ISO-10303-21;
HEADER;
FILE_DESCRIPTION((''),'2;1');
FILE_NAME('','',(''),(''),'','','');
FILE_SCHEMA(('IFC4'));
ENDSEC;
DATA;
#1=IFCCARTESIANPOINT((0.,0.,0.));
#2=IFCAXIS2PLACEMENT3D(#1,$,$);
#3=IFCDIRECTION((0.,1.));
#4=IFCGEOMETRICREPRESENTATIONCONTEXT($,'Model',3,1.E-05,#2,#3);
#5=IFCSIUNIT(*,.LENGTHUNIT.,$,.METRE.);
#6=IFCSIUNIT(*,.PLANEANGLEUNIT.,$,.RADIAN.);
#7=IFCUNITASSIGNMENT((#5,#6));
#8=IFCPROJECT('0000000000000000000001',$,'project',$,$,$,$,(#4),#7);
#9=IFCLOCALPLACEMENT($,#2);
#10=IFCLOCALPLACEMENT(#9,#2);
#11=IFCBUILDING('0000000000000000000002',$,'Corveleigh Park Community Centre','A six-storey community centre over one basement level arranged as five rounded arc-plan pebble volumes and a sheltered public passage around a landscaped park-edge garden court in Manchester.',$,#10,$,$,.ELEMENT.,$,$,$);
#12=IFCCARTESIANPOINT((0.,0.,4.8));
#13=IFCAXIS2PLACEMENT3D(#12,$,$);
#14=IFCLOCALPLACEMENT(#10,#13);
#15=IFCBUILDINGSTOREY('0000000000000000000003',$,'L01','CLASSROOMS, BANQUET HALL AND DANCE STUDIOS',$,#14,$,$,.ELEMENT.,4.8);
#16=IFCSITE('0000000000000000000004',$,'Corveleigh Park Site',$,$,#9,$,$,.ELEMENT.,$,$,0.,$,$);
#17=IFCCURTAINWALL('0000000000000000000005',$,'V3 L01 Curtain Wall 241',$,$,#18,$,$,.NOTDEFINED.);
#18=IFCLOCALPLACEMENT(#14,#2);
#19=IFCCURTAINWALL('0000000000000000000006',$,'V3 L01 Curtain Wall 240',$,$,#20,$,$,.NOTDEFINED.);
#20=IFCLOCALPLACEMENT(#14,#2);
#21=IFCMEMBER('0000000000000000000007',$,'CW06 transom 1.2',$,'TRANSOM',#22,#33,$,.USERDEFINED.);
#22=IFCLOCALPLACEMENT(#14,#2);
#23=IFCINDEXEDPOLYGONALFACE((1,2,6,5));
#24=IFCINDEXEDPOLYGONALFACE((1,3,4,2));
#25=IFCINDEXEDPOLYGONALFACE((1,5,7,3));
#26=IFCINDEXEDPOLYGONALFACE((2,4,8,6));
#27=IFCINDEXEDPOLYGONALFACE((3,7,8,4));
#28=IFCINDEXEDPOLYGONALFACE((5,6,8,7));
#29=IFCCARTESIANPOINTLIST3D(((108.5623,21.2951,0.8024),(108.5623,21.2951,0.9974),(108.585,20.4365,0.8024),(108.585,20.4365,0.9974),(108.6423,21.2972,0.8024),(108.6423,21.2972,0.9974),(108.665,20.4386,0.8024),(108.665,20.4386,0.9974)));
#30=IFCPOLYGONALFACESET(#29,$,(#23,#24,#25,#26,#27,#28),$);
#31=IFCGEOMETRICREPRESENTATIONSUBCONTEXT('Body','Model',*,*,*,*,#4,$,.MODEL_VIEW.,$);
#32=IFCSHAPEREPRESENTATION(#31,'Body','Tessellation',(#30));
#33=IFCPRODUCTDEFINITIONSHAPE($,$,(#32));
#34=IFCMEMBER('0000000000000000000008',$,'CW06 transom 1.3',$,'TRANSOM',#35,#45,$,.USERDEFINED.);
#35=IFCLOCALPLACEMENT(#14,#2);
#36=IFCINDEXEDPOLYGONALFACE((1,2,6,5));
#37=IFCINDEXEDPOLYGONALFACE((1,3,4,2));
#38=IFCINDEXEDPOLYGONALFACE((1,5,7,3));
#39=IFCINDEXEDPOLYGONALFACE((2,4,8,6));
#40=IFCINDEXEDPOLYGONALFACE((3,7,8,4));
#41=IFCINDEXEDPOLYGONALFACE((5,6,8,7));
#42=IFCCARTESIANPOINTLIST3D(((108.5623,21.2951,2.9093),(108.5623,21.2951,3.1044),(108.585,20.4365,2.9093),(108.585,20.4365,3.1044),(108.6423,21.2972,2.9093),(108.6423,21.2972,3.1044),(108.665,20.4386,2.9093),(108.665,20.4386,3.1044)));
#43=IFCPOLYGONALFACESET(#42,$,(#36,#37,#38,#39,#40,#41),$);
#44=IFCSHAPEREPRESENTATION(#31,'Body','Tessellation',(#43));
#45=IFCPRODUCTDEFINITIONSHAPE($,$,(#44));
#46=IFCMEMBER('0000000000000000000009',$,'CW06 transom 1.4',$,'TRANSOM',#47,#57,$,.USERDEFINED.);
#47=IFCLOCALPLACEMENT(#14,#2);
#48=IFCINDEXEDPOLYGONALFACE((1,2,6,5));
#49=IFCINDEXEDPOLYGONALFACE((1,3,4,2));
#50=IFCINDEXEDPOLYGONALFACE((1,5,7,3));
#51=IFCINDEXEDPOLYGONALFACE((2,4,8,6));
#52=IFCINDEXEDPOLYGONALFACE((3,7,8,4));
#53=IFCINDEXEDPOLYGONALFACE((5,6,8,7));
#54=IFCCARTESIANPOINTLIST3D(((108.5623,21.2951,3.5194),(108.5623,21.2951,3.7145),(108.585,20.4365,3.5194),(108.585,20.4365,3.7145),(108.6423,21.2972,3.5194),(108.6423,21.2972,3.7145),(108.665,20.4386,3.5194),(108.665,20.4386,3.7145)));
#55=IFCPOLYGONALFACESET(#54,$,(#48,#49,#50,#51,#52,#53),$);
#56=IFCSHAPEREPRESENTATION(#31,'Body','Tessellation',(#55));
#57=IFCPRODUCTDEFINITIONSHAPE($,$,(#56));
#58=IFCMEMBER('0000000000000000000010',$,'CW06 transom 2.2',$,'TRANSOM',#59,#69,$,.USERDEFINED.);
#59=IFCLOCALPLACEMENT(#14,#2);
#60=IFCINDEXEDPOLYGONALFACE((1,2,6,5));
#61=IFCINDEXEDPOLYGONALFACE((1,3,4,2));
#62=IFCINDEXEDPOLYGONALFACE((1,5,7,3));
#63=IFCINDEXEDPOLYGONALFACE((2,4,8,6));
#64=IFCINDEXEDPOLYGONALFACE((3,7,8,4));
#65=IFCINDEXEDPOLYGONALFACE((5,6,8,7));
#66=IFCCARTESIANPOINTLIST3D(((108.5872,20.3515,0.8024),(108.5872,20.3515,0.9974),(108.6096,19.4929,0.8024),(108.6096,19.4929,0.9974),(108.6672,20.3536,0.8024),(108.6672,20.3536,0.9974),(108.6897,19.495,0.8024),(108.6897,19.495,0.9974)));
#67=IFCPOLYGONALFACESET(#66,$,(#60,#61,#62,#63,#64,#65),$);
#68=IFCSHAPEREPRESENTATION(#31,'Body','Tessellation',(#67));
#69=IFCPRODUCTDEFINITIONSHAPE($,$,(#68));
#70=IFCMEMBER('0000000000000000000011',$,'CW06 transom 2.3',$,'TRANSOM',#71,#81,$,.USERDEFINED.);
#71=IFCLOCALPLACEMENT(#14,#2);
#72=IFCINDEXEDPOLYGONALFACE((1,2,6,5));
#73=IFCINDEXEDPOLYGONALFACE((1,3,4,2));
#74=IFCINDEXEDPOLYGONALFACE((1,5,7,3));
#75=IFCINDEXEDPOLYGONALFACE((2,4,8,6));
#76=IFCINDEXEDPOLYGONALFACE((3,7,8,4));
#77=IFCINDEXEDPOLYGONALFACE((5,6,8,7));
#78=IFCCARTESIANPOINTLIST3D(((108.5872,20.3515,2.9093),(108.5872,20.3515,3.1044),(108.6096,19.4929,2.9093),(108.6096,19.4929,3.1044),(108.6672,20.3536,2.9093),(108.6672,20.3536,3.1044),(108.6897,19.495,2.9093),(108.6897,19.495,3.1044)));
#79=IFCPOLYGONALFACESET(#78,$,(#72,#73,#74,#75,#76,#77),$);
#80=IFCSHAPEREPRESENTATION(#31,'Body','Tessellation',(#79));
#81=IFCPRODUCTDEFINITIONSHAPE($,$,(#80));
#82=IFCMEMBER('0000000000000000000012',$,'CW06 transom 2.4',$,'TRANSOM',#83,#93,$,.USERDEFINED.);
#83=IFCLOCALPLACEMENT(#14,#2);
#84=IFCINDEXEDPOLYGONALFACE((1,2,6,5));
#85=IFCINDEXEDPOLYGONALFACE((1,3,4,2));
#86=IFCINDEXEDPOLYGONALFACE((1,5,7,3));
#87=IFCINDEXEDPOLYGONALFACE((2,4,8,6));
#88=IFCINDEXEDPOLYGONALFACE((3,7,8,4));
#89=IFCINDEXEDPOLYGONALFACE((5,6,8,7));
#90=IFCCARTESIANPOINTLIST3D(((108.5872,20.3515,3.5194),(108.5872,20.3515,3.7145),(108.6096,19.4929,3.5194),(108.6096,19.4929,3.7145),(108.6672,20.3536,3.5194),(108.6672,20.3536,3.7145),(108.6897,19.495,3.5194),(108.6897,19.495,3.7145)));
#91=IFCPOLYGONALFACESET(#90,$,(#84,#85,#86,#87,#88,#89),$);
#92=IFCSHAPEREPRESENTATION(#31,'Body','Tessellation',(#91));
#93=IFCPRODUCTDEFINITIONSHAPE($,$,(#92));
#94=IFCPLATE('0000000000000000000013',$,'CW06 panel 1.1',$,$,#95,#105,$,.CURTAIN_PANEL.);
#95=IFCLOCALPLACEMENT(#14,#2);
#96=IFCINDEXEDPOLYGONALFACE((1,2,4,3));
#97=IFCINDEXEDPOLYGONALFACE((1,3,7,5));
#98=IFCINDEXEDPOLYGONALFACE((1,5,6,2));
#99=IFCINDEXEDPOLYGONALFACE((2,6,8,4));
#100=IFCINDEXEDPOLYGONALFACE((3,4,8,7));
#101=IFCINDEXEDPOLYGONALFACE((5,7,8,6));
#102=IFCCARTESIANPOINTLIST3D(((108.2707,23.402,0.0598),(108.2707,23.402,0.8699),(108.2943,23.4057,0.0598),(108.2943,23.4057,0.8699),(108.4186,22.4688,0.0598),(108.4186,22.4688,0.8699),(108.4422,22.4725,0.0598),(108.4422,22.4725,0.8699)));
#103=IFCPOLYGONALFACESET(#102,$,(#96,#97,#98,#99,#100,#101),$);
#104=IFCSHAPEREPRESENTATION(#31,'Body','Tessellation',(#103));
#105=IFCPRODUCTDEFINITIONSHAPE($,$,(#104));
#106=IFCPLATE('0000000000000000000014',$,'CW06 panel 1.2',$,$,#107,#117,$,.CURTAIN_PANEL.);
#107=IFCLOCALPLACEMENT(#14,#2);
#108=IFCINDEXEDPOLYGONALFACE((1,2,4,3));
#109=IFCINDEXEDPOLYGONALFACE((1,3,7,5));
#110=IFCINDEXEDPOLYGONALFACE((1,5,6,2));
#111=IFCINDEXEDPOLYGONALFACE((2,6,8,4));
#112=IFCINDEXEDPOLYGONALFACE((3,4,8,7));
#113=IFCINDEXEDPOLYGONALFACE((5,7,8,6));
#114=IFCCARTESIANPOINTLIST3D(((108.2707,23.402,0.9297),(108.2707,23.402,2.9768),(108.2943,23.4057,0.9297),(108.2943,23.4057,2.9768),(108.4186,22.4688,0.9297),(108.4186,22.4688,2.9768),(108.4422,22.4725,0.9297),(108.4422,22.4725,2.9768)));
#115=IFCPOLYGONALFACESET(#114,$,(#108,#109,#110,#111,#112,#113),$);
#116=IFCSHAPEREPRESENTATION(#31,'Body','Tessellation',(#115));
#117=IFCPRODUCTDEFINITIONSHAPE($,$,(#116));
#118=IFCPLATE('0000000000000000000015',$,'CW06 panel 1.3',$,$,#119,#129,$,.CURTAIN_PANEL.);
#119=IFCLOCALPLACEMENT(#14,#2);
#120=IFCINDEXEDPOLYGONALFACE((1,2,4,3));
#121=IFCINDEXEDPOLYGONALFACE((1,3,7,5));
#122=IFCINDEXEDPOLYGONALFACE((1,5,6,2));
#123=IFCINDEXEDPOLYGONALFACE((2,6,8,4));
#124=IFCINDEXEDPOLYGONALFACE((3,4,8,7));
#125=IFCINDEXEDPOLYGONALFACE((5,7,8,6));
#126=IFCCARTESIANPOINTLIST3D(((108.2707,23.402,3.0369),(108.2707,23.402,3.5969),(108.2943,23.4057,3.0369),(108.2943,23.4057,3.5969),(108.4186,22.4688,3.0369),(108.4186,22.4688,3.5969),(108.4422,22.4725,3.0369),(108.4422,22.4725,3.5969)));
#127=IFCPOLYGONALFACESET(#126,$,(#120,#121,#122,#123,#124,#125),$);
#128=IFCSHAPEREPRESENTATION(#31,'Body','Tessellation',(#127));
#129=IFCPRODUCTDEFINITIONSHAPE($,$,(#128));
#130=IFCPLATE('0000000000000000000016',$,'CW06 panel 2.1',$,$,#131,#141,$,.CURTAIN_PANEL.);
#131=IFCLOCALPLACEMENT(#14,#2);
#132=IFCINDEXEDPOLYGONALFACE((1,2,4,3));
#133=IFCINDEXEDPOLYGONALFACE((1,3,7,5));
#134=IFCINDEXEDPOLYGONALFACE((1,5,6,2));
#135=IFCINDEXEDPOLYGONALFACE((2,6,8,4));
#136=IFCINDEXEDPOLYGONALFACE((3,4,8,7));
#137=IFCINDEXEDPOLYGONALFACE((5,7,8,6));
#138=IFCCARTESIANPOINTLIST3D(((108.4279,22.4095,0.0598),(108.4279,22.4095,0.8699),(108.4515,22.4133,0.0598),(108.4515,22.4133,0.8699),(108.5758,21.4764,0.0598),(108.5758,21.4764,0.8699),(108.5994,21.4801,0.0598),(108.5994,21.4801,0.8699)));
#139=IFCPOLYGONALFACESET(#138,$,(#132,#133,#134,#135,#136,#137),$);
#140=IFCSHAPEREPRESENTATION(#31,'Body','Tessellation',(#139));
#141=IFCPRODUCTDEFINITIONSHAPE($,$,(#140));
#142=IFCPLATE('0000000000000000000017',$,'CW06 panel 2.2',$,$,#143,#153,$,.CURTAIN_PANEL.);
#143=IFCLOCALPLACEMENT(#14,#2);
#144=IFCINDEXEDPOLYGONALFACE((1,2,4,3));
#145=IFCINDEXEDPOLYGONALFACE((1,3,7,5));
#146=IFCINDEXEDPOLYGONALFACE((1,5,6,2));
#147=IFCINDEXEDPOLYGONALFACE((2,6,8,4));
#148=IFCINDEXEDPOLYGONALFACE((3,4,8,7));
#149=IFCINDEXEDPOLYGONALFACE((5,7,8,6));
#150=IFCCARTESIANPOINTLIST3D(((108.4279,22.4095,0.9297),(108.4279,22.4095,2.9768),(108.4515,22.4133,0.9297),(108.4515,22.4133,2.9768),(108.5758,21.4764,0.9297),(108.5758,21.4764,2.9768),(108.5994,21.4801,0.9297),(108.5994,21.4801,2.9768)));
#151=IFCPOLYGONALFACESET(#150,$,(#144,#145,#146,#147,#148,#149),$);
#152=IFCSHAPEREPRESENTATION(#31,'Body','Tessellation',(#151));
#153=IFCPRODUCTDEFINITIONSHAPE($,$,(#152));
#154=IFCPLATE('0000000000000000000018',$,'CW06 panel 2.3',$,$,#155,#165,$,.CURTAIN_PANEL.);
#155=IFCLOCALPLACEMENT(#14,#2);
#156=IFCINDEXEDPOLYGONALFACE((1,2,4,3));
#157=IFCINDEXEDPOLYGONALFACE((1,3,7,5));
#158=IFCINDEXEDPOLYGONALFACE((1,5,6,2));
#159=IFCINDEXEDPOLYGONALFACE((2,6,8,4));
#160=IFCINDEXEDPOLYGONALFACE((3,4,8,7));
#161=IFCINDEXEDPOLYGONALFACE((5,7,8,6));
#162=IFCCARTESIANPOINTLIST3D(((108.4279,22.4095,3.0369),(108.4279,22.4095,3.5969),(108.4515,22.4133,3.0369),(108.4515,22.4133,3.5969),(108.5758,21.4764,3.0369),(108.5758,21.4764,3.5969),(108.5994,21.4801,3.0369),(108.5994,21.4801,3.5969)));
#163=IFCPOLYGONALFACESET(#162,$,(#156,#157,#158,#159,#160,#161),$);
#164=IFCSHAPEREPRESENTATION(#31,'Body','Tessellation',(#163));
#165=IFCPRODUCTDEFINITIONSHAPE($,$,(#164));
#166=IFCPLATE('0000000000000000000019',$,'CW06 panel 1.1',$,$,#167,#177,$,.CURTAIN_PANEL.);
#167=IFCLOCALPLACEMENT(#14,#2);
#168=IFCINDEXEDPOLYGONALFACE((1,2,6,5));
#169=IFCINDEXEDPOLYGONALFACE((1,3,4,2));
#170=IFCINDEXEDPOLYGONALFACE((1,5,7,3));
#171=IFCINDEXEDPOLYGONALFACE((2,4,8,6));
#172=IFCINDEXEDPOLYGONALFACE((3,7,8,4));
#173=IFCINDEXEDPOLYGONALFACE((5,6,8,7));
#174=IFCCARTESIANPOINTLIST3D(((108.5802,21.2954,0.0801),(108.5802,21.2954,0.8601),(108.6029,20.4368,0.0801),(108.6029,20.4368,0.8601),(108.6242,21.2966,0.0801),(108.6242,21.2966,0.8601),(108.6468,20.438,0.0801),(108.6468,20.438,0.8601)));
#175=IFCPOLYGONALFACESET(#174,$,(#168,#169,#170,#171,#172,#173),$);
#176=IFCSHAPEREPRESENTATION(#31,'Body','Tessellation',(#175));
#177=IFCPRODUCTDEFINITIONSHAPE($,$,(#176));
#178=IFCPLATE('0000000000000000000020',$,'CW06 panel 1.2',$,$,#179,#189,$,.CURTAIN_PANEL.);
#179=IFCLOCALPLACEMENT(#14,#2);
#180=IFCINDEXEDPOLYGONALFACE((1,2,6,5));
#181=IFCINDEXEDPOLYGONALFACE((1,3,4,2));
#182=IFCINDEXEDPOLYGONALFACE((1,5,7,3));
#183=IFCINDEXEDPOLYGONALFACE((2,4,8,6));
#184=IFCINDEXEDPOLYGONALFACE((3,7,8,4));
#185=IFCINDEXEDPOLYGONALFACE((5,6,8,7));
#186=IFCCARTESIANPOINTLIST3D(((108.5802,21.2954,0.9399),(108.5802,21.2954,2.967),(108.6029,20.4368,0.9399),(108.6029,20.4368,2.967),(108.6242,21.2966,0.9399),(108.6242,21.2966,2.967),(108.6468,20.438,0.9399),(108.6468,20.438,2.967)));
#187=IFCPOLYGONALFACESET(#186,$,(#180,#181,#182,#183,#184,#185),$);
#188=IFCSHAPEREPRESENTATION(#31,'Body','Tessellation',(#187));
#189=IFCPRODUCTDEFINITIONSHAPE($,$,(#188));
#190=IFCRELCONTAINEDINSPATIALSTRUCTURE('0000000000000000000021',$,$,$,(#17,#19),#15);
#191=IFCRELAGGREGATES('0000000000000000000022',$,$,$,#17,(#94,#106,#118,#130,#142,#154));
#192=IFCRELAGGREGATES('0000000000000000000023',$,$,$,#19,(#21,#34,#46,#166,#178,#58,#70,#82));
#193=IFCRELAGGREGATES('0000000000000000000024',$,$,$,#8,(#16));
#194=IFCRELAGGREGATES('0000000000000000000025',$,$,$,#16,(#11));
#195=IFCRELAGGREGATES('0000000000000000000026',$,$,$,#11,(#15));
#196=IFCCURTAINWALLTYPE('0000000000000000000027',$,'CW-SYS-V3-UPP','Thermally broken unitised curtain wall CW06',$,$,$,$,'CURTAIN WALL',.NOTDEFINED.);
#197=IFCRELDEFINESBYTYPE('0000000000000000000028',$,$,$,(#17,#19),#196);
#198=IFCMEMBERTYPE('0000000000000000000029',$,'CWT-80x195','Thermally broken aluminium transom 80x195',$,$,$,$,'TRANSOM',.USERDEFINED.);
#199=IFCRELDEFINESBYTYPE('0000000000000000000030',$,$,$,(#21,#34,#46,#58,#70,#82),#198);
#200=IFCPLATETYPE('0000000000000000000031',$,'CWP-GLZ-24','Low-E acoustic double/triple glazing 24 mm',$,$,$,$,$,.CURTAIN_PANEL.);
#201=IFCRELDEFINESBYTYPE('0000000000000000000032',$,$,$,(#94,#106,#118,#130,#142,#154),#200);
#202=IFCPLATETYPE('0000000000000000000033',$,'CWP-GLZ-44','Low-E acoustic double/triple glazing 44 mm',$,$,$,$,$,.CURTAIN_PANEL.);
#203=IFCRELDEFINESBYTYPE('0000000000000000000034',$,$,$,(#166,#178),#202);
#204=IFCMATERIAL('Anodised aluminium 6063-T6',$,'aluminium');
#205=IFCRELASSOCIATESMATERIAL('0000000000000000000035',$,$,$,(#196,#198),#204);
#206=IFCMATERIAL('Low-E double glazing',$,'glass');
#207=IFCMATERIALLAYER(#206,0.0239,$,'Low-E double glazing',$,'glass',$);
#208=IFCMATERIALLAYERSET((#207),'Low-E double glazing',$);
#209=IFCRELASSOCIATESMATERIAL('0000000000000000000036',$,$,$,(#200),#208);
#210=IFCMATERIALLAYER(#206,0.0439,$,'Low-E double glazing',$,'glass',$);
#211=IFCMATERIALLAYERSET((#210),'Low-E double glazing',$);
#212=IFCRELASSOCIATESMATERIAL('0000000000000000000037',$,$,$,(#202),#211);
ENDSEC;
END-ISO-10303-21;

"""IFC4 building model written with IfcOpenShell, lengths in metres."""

from ifc_helpers import new_model, si_unit, direction, frame, origin, origin_2d, place, context, subcontext, project, spatial, rectangle, extrude, material, layer, layer_set, material_profile, profile_set, type_object, element, aggregate, save


model = new_model("IFC4")

# Units and contexts
model_context = context("Model", 3, precision=1e-05, world=origin(), true_north=direction((0.0, 1.0)))
body_context = subcontext(model_context, "Body", "Model", "MODEL_VIEW")
ifc_project = project(units=[si_unit("LENGTHUNIT", "METRE"), si_unit("PLANEANGLEUNIT", "RADIAN")], contexts=[model_context])

# Site, building, storey
site_placement = place(None, origin())
site = spatial("IfcSite", under=ifc_project, at=site_placement, Name="Corveleigh Park Site", CompositionType="ELEMENT", RefElevation=0.0)
building_placement = place(site_placement, origin())
building = spatial("IfcBuilding", under=site, at=building_placement, Name="Corveleigh Park Community Centre", Description="A six-storey community centre over one basement level arranged as five rounded arc-plan pebble volumes and a sheltered public passage around a landscaped park-edge garden court in Manchester.", CompositionType="ELEMENT")
storey_placement = place(building_placement, frame((0.0, 0.0, 4.8)))
storey = spatial("IfcBuildingStorey", under=building, at=storey_placement, Name="L01", Description="CLASSROOMS, BANQUET HALL AND DANCE STUDIOS", CompositionType="ELEMENT", Elevation=4.8)

# Curtain walls
ifc_material_1 = material(Name="Anodised aluminium 6063-T6", Category="aluminium")
curtain_wall_type = type_object("IfcCurtainWallType", Name="CW-SYS-V3-UPP", Description="Thermally broken unitised curtain wall CW06", ElementType="CURTAIN WALL", PredefinedType="NOTDEFINED", material=ifc_material_1)
curtain_wall_1_placement = place(storey_placement, origin())
curtain_wall_1 = element("IfcCurtainWall", 1, at=curtain_wall_1_placement, inside=storey, type_object=curtain_wall_type, Name="V3 L01 Curtain Wall 241", PredefinedType="NOTDEFINED")
curtain_wall_2_placement = place(storey_placement, origin())
curtain_wall_2 = element("IfcCurtainWall", 2, at=curtain_wall_2_placement, inside=storey, type_object=curtain_wall_type, Name="V3 L01 Curtain Wall 240", PredefinedType="NOTDEFINED")

# Members
ifc_material_profile_1 = material_profile(ifc_material_1, rectangle(XDim=0.0801, YDim=0.1951, at=origin_2d()), Name="ALU-T80x195", Category="aluminium")
ifc_profile_set_1 = profile_set([ifc_material_profile_1], Name="Anodised aluminium 6063-T6")
member_type_1 = type_object("IfcMemberType", Name="CWT-80x195", Description="Thermally broken aluminium transom 80x195", ElementType="TRANSOM", PredefinedType="USERDEFINED", material=ifc_profile_set_1)
member_1_placement = place(storey_placement, frame((108.6023, 21.2961, 0.8999), z_axis=(0.026434, -0.999651, 0.0), x_axis=(0.999651, 0.026434, 0.0)))
member_1 = element("IfcMember", 3, at=member_1_placement, type_object=member_type_1, Name="CW06 transom 1.2", ObjectType="TRANSOM", PredefinedType="USERDEFINED", context=body_context, shape_type="SweptSolid", body=[
    extrude(rectangle(XDim=0.0801, YDim=0.1951, at=origin_2d()), origin(), (0.0, 0.0, 1.0), 0.8589),
])
member_2_placement = place(storey_placement, frame((108.6023, 21.2961, 3.0068), z_axis=(0.026434, -0.999651, 0.0), x_axis=(0.999651, 0.026434, 0.0)))
member_2 = element("IfcMember", 4, at=member_2_placement, type_object=member_type_1, Name="CW06 transom 1.3", ObjectType="TRANSOM", PredefinedType="USERDEFINED", context=body_context, shape_type="SweptSolid", body=[
    extrude(rectangle(XDim=0.0801, YDim=0.1951, at=origin_2d()), origin(), (0.0, 0.0, 1.0), 0.8589),
])
member_3_placement = place(storey_placement, frame((108.6023, 21.2961, 3.6169), z_axis=(0.026434, -0.999651, 0.0), x_axis=(0.999651, 0.026434, 0.0)))
member_3 = element("IfcMember", 5, at=member_3_placement, type_object=member_type_1, Name="CW06 transom 1.4", ObjectType="TRANSOM", PredefinedType="USERDEFINED", context=body_context, shape_type="SweptSolid", body=[
    extrude(rectangle(XDim=0.0801, YDim=0.1951, at=origin_2d()), origin(), (0.0, 0.0, 1.0), 0.8589),
])
member_4_placement = place(storey_placement, frame((108.6272, 20.3525, 0.8999), z_axis=(0.02615, -0.999658, 0.0), x_axis=(0.999658, 0.02615, 0.0)))
member_4 = element("IfcMember", 6, at=member_4_placement, type_object=member_type_1, Name="CW06 transom 2.2", ObjectType="TRANSOM", PredefinedType="USERDEFINED", context=body_context, shape_type="SweptSolid", body=[
    extrude(rectangle(XDim=0.0801, YDim=0.1951, at=origin_2d()), origin(), (0.0, 0.0, 1.0), 0.8589),
])
member_5_placement = place(storey_placement, frame((108.6272, 20.3525, 3.0068), z_axis=(0.02615, -0.999658, 0.0), x_axis=(0.999658, 0.02615, 0.0)))
member_5 = element("IfcMember", 7, at=member_5_placement, type_object=member_type_1, Name="CW06 transom 2.3", ObjectType="TRANSOM", PredefinedType="USERDEFINED", context=body_context, shape_type="SweptSolid", body=[
    extrude(rectangle(XDim=0.0801, YDim=0.1951, at=origin_2d()), origin(), (0.0, 0.0, 1.0), 0.8589),
])
member_6_placement = place(storey_placement, frame((108.6272, 20.3525, 3.6169), z_axis=(0.02615, -0.999658, 0.0), x_axis=(0.999658, 0.02615, 0.0)))
member_6 = element("IfcMember", 8, at=member_6_placement, type_object=member_type_1, Name="CW06 transom 2.4", ObjectType="TRANSOM", PredefinedType="USERDEFINED", context=body_context, shape_type="SweptSolid", body=[
    extrude(rectangle(XDim=0.0801, YDim=0.1951, at=origin_2d()), origin(), (0.0, 0.0, 1.0), 0.8589),
])

# Plates
ifc_material_2 = material(Name="Low-E double glazing", Category="glass")
ifc_layer_1 = layer(ifc_material_2, 0.0239, Name="Low-E double glazing", Category="glass")
ifc_layer_set_1 = layer_set([ifc_layer_1], Name="Low-E double glazing")
plate_type_1 = type_object("IfcPlateType", Name="CWP-GLZ-24", Description="Low-E acoustic double/triple glazing 24 mm", PredefinedType="CURTAIN_PANEL", material=ifc_layer_set_1)
plate_1_placement = place(storey_placement, frame((108.3564, 22.9373, 0.0598), z_axis=(0.0, 0.0, 1.0), x_axis=(0.156558, -0.987669, 0.0)))
plate_1 = element("IfcPlate", 9, at=plate_1_placement, type_object=plate_type_1, Name="CW06 panel 1.1", PredefinedType="CURTAIN_PANEL", context=body_context, shape_type="SweptSolid", body=[
    extrude(rectangle(XDim=0.9448, YDim=0.0239, at=origin_2d()), origin(), (0.0, 0.0, 1.0), 0.8101),
])
plate_2_placement = place(storey_placement, frame((108.3564, 22.9373, 0.9297), z_axis=(0.0, 0.0, 1.0), x_axis=(0.156558, -0.987669, 0.0)))
plate_2 = element("IfcPlate", 10, at=plate_2_placement, type_object=plate_type_1, Name="CW06 panel 1.2", PredefinedType="CURTAIN_PANEL", context=body_context, shape_type="SweptSolid", body=[
    extrude(rectangle(XDim=0.9448, YDim=0.0239, at=origin_2d()), origin(), (0.0, 0.0, 1.0), 2.0471),
])
plate_3_placement = place(storey_placement, frame((108.3564, 22.9373, 3.0369), z_axis=(0.0, 0.0, 1.0), x_axis=(0.156558, -0.987669, 0.0)))
plate_3 = element("IfcPlate", 11, at=plate_3_placement, type_object=plate_type_1, Name="CW06 panel 1.3", PredefinedType="CURTAIN_PANEL", context=body_context, shape_type="SweptSolid", body=[
    extrude(rectangle(XDim=0.9448, YDim=0.0239, at=origin_2d()), origin(), (0.0, 0.0, 1.0), 0.5601),
])
plate_4_placement = place(storey_placement, frame((108.5137, 21.9448, 0.0598), z_axis=(0.0, 0.0, 1.0), x_axis=(0.156558, -0.987669, 0.0)))
plate_4 = element("IfcPlate", 12, at=plate_4_placement, type_object=plate_type_1, Name="CW06 panel 2.1", PredefinedType="CURTAIN_PANEL", context=body_context, shape_type="SweptSolid", body=[
    extrude(rectangle(XDim=0.9448, YDim=0.0239, at=origin_2d()), origin(), (0.0, 0.0, 1.0), 0.8101),
])
plate_5_placement = place(storey_placement, frame((108.5137, 21.9448, 0.9297), z_axis=(0.0, 0.0, 1.0), x_axis=(0.156558, -0.987669, 0.0)))
plate_5 = element("IfcPlate", 13, at=plate_5_placement, type_object=plate_type_1, Name="CW06 panel 2.2", PredefinedType="CURTAIN_PANEL", context=body_context, shape_type="SweptSolid", body=[
    extrude(rectangle(XDim=0.9448, YDim=0.0239, at=origin_2d()), origin(), (0.0, 0.0, 1.0), 2.0471),
])
plate_6_placement = place(storey_placement, frame((108.5137, 21.9448, 3.0369), z_axis=(0.0, 0.0, 1.0), x_axis=(0.156558, -0.987669, 0.0)))
plate_6 = element("IfcPlate", 14, at=plate_6_placement, type_object=plate_type_1, Name="CW06 panel 2.3", PredefinedType="CURTAIN_PANEL", context=body_context, shape_type="SweptSolid", body=[
    extrude(rectangle(XDim=0.9448, YDim=0.0239, at=origin_2d()), origin(), (0.0, 0.0, 1.0), 0.5601),
])
aggregate(curtain_wall_1, [plate_1, plate_2, plate_3, plate_4, plate_5, plate_6])
ifc_layer_2 = layer(ifc_material_2, 0.0439, Name="Low-E double glazing", Category="glass")
ifc_layer_set_2 = layer_set([ifc_layer_2], Name="Low-E double glazing")
plate_type_2 = type_object("IfcPlateType", Name="CWP-GLZ-44", Description="Low-E acoustic double/triple glazing 44 mm", PredefinedType="CURTAIN_PANEL", material=ifc_layer_set_2)
plate_7_placement = place(storey_placement, frame((108.6135, 20.8667, 0.0801), z_axis=(0.0, 0.0, 1.0), x_axis=(0.02636, -0.999653, 0.0)))
plate_7 = element("IfcPlate", 15, at=plate_7_placement, type_object=plate_type_2, Name="CW06 panel 1.1", PredefinedType="CURTAIN_PANEL", context=body_context, shape_type="SweptSolid", body=[
    extrude(rectangle(XDim=0.8589, YDim=0.0439, at=origin_2d()), origin(), (0.0, 0.0, 1.0), 0.78),
])
plate_8_placement = place(storey_placement, frame((108.6135, 20.8667, 0.9399), z_axis=(0.0, 0.0, 1.0), x_axis=(0.02636, -0.999653, 0.0)))
plate_8 = element("IfcPlate", 16, at=plate_8_placement, type_object=plate_type_2, Name="CW06 panel 1.2", PredefinedType="CURTAIN_PANEL", context=body_context, shape_type="SweptSolid", body=[
    extrude(rectangle(XDim=0.8589, YDim=0.0439, at=origin_2d()), origin(), (0.0, 0.0, 1.0), 2.0271),
])
aggregate(curtain_wall_2, [member_1, member_2, member_3, plate_7, plate_8, member_4, member_5, member_6])

save(model, "model.ifc")
